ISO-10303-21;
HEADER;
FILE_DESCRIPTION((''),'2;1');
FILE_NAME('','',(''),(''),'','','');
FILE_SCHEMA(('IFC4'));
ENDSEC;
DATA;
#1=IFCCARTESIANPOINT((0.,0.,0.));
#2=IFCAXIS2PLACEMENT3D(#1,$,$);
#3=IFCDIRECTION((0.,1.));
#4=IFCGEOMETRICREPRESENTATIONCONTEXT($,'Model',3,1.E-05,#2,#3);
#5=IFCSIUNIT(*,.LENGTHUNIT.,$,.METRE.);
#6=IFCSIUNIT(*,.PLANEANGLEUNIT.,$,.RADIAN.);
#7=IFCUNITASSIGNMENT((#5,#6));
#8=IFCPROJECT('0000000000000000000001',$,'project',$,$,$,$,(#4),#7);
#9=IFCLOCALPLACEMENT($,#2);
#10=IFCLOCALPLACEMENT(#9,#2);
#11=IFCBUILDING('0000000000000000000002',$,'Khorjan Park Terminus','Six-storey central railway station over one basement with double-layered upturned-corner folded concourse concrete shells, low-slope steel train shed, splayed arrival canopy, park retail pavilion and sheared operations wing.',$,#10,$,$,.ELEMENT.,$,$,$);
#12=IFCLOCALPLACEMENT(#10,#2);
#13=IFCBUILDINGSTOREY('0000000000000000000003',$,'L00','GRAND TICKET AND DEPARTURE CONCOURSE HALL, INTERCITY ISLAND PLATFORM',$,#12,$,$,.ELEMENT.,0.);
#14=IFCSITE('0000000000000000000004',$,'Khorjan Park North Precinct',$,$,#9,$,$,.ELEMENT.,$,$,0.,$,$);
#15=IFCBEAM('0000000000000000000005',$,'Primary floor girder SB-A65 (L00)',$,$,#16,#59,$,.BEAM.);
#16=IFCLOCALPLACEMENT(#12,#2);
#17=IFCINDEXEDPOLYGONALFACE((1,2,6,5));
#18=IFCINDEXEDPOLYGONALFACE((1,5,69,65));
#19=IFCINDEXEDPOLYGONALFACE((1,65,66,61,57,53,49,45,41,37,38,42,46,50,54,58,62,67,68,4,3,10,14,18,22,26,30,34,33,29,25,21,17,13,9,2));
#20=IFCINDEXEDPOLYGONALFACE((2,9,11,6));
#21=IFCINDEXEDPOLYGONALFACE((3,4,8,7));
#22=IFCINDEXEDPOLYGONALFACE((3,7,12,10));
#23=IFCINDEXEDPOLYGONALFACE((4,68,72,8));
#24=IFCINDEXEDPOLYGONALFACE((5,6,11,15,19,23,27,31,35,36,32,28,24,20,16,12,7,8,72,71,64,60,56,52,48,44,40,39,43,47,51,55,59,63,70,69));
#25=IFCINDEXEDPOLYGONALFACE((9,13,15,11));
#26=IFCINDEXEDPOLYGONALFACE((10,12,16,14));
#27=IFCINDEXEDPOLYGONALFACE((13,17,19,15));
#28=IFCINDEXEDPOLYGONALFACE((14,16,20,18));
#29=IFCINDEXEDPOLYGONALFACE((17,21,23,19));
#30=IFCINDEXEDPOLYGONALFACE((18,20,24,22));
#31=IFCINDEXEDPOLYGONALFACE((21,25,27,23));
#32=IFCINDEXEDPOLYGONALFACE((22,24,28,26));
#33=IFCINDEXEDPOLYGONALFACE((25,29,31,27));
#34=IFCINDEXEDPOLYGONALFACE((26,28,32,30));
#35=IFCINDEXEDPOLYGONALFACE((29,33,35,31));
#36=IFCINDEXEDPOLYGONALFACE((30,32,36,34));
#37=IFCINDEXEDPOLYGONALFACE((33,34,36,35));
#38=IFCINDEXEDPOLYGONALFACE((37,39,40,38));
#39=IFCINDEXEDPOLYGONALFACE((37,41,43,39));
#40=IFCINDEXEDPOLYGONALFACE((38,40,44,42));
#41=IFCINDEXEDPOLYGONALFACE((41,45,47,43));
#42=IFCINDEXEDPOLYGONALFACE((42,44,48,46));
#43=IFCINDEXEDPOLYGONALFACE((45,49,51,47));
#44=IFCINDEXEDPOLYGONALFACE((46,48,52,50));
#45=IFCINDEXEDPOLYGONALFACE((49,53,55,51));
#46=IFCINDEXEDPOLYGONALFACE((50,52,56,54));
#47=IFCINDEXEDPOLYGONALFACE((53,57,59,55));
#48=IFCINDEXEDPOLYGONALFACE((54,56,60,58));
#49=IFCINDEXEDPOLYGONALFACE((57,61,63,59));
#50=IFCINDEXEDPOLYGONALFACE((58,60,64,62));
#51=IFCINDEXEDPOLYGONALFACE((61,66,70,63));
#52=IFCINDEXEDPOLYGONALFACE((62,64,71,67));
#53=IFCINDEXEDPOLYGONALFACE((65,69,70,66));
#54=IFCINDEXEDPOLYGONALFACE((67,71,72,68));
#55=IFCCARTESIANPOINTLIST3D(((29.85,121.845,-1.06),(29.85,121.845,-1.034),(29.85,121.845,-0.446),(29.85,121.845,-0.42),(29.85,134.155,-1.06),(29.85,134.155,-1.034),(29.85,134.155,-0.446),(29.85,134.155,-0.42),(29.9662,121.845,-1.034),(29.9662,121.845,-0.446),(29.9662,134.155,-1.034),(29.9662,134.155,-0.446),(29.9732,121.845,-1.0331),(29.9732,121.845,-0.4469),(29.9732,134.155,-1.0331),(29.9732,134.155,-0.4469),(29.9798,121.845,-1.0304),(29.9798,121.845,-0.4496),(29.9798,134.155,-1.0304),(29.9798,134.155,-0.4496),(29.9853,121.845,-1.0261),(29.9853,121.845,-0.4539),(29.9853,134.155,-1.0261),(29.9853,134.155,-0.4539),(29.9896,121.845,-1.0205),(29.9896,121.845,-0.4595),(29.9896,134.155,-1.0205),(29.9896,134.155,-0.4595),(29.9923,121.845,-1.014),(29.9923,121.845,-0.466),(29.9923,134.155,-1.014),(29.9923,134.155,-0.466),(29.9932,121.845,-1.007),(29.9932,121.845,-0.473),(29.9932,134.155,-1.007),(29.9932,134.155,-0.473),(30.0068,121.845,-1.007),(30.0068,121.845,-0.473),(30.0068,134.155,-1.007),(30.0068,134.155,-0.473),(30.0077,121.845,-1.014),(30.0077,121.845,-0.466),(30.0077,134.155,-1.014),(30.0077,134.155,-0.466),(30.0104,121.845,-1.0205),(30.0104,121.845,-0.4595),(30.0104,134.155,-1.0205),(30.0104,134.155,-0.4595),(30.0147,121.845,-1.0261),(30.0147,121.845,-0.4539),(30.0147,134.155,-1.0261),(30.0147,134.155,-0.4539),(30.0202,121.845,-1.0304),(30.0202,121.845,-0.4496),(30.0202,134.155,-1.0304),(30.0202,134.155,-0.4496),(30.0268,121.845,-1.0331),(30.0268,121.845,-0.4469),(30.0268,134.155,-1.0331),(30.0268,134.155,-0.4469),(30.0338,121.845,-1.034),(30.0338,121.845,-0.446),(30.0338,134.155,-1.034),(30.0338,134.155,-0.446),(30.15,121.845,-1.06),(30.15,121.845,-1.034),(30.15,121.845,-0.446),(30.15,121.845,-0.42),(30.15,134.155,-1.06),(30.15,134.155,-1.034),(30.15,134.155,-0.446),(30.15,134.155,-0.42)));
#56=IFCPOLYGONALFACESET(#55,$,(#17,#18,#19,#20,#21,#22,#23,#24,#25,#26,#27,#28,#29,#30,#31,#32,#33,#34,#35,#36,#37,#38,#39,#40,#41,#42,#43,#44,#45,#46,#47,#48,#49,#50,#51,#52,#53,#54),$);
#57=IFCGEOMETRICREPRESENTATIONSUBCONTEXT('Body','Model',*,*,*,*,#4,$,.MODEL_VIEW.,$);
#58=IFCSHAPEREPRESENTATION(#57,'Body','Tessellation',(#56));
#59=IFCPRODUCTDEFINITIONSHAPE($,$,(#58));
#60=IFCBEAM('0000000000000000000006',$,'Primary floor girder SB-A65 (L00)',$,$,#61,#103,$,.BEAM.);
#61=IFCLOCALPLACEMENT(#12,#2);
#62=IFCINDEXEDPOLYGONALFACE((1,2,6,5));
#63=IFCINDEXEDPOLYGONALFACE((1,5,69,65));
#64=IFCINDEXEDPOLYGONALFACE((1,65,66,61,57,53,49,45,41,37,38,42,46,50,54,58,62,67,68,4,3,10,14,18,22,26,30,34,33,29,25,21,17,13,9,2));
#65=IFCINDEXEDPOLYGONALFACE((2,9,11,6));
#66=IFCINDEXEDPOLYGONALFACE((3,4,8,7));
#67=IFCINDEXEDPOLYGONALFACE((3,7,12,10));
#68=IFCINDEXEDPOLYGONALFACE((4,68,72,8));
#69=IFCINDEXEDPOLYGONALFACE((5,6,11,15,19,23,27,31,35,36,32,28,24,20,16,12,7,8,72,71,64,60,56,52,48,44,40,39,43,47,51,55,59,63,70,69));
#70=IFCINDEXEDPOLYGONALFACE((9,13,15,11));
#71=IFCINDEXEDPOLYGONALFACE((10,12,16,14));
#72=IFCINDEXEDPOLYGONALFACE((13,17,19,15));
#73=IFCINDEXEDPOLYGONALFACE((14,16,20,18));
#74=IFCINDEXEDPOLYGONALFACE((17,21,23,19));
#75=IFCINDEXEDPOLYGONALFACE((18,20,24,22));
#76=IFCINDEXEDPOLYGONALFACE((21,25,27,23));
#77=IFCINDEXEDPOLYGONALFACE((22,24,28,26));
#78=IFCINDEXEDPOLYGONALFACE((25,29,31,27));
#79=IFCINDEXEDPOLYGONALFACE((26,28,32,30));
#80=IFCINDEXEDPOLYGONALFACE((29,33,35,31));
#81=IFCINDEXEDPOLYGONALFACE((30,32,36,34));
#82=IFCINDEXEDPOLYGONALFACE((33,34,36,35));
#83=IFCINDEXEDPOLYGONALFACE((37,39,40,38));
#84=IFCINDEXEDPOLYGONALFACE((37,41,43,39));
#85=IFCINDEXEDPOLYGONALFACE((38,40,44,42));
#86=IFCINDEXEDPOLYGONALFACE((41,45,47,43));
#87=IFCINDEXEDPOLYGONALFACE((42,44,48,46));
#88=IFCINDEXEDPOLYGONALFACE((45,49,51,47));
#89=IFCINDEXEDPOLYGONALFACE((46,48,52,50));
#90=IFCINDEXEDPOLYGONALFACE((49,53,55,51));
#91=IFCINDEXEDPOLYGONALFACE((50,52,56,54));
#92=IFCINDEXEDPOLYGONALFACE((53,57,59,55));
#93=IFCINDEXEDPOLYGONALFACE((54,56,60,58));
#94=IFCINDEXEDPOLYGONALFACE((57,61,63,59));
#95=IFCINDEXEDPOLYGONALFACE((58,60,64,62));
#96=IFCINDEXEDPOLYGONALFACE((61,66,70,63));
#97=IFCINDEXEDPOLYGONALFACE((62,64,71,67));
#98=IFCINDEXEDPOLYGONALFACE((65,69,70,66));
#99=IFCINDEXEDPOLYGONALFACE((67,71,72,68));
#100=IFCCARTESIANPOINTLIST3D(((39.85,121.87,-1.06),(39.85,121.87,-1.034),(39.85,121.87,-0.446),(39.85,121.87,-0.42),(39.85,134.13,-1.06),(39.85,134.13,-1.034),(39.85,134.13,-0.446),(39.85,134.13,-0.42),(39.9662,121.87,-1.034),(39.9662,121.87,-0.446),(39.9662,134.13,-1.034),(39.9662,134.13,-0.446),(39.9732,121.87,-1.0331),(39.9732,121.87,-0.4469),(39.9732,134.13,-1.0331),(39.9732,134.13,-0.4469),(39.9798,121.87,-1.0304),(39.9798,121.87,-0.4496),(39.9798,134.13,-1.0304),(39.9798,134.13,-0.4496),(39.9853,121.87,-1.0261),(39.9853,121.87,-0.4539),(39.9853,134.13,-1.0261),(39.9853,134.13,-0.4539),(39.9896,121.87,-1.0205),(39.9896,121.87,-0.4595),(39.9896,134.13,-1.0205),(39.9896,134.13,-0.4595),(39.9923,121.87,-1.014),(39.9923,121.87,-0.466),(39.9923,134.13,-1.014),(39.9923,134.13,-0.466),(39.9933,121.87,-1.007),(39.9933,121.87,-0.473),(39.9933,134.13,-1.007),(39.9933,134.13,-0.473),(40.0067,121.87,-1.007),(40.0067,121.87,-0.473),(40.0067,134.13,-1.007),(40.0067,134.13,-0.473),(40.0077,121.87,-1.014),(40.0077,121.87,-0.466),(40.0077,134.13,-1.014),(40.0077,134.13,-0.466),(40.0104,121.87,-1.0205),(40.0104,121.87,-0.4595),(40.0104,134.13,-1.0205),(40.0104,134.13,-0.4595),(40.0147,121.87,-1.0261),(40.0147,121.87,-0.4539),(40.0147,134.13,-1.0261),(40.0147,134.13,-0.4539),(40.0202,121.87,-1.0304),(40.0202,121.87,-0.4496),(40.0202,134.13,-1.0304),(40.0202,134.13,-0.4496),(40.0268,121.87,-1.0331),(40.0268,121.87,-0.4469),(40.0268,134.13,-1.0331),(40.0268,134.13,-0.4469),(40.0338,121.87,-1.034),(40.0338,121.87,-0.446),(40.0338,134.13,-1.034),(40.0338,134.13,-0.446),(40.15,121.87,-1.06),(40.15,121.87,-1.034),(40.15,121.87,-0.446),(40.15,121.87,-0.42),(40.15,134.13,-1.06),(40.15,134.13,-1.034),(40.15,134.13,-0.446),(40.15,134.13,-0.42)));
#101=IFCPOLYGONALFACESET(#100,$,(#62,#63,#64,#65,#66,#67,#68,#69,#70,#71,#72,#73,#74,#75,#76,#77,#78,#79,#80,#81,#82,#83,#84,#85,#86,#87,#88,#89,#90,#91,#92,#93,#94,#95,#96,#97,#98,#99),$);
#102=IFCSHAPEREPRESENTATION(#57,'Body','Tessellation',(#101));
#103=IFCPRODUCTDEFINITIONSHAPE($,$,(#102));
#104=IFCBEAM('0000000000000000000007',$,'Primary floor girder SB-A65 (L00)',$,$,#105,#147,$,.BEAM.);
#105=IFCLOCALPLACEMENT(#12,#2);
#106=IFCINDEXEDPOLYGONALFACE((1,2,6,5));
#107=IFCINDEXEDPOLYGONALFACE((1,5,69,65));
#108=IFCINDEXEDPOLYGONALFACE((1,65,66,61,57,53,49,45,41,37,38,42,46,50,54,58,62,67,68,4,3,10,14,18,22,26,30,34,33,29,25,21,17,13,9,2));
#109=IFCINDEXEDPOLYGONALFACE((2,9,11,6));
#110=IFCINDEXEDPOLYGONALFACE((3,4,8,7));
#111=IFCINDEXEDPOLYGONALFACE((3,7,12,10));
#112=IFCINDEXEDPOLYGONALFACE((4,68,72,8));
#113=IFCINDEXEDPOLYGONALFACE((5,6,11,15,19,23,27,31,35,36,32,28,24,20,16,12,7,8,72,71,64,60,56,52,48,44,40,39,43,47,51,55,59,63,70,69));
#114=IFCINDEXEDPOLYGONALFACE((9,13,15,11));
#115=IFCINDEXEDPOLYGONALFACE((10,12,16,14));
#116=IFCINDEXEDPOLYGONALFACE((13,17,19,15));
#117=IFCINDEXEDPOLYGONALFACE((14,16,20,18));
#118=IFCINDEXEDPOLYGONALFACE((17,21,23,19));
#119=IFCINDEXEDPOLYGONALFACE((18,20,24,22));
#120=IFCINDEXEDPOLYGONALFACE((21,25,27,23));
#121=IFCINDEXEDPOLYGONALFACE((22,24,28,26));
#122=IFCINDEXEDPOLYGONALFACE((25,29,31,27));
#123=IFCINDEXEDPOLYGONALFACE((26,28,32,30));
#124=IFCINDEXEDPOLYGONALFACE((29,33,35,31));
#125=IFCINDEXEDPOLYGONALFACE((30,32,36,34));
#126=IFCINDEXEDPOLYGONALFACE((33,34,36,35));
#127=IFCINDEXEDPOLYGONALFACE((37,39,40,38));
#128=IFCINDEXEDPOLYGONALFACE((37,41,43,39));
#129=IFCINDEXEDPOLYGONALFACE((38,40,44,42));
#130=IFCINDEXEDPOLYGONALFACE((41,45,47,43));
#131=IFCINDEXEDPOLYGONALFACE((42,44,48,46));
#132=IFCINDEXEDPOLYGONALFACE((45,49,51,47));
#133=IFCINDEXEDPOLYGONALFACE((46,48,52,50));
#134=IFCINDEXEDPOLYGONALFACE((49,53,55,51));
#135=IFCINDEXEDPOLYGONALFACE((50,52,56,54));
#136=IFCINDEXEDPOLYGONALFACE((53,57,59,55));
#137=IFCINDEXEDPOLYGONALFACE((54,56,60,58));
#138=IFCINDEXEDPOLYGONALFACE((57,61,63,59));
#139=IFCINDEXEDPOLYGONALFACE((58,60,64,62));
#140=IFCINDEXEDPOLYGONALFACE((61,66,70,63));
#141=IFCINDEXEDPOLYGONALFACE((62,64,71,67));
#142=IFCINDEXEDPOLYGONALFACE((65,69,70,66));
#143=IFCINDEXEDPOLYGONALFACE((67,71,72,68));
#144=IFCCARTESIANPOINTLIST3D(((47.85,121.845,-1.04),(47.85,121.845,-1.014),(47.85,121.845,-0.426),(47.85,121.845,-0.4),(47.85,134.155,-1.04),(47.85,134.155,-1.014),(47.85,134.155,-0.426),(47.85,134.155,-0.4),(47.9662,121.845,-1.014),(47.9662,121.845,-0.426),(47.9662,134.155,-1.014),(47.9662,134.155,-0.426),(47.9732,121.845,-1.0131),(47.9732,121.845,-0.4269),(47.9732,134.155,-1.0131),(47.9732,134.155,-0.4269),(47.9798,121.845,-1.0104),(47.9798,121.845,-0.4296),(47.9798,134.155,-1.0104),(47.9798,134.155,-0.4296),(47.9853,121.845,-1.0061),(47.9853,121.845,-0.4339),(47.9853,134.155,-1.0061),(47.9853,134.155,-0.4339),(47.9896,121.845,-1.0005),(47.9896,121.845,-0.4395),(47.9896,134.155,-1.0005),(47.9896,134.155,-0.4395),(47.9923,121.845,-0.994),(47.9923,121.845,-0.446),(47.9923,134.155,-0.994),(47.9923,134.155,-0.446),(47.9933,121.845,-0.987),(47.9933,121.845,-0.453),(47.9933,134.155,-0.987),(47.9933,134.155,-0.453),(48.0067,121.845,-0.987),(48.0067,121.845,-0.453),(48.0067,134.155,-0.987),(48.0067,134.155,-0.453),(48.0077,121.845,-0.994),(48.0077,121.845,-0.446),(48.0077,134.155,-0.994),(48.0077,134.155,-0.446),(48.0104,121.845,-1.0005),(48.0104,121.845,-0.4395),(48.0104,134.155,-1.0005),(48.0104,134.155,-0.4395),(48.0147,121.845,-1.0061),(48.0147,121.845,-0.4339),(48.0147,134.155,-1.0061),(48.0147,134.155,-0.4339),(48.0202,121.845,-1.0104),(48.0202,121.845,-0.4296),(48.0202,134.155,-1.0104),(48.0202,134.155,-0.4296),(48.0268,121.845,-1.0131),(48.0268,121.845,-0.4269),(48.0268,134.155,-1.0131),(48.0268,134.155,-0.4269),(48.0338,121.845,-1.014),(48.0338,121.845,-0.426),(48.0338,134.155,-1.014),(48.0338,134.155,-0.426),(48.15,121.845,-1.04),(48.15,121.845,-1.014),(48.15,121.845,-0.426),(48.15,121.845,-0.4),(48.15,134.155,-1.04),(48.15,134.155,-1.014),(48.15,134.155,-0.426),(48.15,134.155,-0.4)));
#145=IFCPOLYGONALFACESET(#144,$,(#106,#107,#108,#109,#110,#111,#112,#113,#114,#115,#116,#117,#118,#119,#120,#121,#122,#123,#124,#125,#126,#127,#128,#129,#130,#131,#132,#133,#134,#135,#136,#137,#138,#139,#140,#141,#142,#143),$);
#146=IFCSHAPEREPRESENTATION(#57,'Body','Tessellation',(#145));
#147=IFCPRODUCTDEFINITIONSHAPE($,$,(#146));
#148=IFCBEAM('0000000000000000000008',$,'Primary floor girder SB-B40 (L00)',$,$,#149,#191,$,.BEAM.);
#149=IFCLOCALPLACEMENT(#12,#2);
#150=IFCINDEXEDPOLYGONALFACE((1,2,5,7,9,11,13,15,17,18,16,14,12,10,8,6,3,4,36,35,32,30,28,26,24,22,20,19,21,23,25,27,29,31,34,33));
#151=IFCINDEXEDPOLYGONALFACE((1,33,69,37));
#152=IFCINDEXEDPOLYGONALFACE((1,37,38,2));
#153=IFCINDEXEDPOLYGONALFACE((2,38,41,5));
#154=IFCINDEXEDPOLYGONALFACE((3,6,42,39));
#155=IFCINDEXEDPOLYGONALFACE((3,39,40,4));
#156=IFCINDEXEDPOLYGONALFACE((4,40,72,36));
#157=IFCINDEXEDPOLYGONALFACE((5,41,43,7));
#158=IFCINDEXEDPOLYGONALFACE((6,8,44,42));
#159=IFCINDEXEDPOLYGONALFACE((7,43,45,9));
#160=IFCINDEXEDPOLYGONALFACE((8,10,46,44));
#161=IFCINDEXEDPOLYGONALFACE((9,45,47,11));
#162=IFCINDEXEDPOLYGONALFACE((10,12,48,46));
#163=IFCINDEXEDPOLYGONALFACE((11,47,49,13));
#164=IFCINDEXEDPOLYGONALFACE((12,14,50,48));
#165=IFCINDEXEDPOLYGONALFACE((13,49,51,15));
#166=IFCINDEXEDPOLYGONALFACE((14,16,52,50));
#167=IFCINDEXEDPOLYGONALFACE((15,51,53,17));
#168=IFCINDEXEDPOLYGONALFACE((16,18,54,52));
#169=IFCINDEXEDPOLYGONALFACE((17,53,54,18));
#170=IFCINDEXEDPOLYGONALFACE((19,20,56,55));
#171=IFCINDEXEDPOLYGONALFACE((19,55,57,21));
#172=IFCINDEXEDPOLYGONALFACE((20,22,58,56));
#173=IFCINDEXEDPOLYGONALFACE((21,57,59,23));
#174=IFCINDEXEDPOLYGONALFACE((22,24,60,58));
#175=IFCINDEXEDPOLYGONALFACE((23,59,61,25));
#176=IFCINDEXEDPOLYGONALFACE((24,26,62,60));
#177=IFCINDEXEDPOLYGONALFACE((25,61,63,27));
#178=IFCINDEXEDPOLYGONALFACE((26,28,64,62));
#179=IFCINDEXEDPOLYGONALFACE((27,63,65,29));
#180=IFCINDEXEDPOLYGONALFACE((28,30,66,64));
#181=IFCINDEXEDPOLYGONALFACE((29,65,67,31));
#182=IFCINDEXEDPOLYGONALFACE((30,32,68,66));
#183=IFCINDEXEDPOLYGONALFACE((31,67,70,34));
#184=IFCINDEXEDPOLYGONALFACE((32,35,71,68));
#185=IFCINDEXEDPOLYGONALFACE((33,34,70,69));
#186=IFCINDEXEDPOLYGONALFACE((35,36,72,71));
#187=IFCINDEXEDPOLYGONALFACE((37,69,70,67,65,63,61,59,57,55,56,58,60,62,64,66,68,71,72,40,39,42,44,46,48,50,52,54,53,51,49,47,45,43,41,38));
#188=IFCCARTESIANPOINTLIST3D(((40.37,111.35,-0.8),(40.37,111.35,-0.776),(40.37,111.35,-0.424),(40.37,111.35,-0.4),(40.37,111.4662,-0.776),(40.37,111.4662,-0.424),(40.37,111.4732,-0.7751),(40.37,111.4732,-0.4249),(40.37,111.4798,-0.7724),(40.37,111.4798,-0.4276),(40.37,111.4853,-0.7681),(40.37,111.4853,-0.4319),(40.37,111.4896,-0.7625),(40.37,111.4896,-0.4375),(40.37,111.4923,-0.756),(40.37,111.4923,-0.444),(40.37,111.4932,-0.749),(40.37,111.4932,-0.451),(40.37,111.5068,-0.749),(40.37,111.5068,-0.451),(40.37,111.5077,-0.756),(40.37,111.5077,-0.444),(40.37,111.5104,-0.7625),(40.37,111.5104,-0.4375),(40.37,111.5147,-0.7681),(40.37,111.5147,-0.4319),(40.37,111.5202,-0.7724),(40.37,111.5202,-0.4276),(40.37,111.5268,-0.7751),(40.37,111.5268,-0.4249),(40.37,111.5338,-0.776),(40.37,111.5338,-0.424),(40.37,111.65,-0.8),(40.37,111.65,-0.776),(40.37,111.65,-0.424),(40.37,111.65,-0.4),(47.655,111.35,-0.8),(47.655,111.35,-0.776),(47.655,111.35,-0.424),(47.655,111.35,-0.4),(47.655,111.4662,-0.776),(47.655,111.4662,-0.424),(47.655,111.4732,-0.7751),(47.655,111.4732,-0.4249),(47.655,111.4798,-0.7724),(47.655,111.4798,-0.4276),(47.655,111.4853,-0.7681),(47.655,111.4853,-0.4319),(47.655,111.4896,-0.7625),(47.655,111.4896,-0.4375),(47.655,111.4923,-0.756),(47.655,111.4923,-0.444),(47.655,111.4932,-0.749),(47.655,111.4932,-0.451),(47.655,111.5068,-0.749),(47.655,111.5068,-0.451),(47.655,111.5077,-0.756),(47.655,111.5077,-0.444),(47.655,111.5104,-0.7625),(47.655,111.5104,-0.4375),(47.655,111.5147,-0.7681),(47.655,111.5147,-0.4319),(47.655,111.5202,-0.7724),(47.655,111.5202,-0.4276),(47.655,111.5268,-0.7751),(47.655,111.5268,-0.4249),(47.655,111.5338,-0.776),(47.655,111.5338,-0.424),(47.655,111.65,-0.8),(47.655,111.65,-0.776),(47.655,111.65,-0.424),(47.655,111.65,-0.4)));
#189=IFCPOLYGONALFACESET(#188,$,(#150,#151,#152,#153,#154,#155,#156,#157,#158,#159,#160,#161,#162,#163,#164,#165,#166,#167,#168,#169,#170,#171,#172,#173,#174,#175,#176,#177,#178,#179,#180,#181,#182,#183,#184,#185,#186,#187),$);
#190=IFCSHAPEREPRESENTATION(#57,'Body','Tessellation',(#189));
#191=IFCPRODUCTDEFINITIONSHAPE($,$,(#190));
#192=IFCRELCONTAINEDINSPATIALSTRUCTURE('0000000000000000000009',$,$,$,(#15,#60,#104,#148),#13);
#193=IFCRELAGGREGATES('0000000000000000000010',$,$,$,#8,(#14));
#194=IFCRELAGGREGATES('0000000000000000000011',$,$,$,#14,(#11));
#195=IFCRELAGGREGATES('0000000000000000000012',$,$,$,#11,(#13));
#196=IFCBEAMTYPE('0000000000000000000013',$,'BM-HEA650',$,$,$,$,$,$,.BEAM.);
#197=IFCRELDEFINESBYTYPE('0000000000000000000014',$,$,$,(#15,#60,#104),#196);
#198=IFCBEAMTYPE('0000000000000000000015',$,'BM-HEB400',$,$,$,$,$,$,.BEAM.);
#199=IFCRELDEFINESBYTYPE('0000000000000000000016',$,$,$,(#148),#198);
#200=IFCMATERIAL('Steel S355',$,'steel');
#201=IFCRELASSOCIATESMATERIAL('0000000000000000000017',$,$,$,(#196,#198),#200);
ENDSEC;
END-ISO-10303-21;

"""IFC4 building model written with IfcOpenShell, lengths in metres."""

from ifc_helpers import new_model, si_unit, direction, frame, origin, origin_2d, place, context, subcontext, project, spatial, i_section, extrude, material, material_profile, profile_set, type_object, element, save


model = new_model("IFC4")

# Units and contexts
model_context = context("Model", 3, precision=1e-05, world=origin(), true_north=direction((0.0, 1.0)))
body_context = subcontext(model_context, "Body", "Model", "MODEL_VIEW")
ifc_project = project(units=[si_unit("LENGTHUNIT", "METRE"), si_unit("PLANEANGLEUNIT", "RADIAN")], contexts=[model_context])

# Site, building, storey
site_placement = place(None, origin())
site = spatial("IfcSite", under=ifc_project, at=site_placement, Name="Khorjan Park North Precinct", CompositionType="ELEMENT", RefElevation=0.0)
building_placement = place(site_placement, origin())
building = spatial("IfcBuilding", under=site, at=building_placement, Name="Khorjan Park Terminus", Description="Six-storey central railway station over one basement with double-layered upturned-corner folded concourse concrete shells, low-slope steel train shed, splayed arrival canopy, park retail pavilion and sheared operations wing.", CompositionType="ELEMENT")
storey_placement = place(building_placement, origin())
storey = spatial("IfcBuildingStorey", under=building, at=storey_placement, Name="L00", Description="GRAND TICKET AND DEPARTURE CONCOURSE HALL, INTERCITY ISLAND PLATFORM", CompositionType="ELEMENT", Elevation=0.0)

# Shared definitions
ifc_material = material(Name="Steel S355", Category="steel")

# Beams
ifc_material_profile_1 = material_profile(ifc_material, i_section(OverallWidth=0.3, OverallDepth=0.64, WebThickness=0.0135, FlangeThickness=0.026, FilletRadius=0.027, at=origin_2d()), Name="HEA 650")
ifc_profile_set_1 = profile_set([ifc_material_profile_1], Name="Steel S355")
beam_type_1 = type_object("IfcBeamType", Name="BM-HEA650", PredefinedType="BEAM", material=ifc_profile_set_1)
beam_1_placement = place(storey_placement, frame((30.0, 121.845, -0.74), z_axis=(0.0, 1.0, 0.0), x_axis=(-1.0, 0.0, 0.0)))
element("IfcBeam", 1, at=beam_1_placement, inside=storey, type_object=beam_type_1, Name="Primary floor girder SB-A65 (L00)", PredefinedType="BEAM", context=body_context, shape_type="SweptSolid", body=[
    extrude(i_section(OverallWidth=0.3, OverallDepth=0.64, WebThickness=0.0135, FlangeThickness=0.026, FilletRadius=0.027, at=origin_2d()), origin(), (0.0, 0.0, 1.0), 12.31),
])
beam_2_placement = place(storey_placement, frame((40.0, 121.87, -0.74), z_axis=(0.0, 1.0, 0.0), x_axis=(-1.0, 0.0, 0.0)))
element("IfcBeam", 2, at=beam_2_placement, inside=storey, type_object=beam_type_1, Name="Primary floor girder SB-A65 (L00)", PredefinedType="BEAM", context=body_context, shape_type="SweptSolid", body=[
    extrude(i_section(OverallWidth=0.3, OverallDepth=0.64, WebThickness=0.0135, FlangeThickness=0.026, FilletRadius=0.027, at=origin_2d()), origin(), (0.0, 0.0, 1.0), 12.26),
])
beam_3_placement = place(storey_placement, frame((48.0, 121.845, -0.72), z_axis=(0.0, 1.0, 0.0), x_axis=(-1.0, 0.0, 0.0)))
element("IfcBeam", 3, at=beam_3_placement, inside=storey, type_object=beam_type_1, Name="Primary floor girder SB-A65 (L00)", PredefinedType="BEAM", context=body_context, shape_type="SweptSolid", body=[
    extrude(i_section(OverallWidth=0.3, OverallDepth=0.64, WebThickness=0.0135, FlangeThickness=0.026, FilletRadius=0.027, at=origin_2d()), origin(), (0.0, 0.0, 1.0), 12.31),
])
ifc_material_profile_2 = material_profile(ifc_material, i_section(OverallWidth=0.3, OverallDepth=0.4, WebThickness=0.0135, FlangeThickness=0.024, FilletRadius=0.027, at=origin_2d()), Name="HEB 400")
ifc_profile_set_2 = profile_set([ifc_material_profile_2], Name="Steel S355")
beam_type_2 = type_object("IfcBeamType", Name="BM-HEB400", PredefinedType="BEAM", material=ifc_profile_set_2)
beam_4_placement = place(storey_placement, frame((40.37, 111.5, -0.6), z_axis=(1.0, 0.0, 0.0), x_axis=(0.0, 1.0, 0.0)))
element("IfcBeam", 4, at=beam_4_placement, inside=storey, type_object=beam_type_2, Name="Primary floor girder SB-B40 (L00)", PredefinedType="BEAM", context=body_context, shape_type="SweptSolid", body=[
    extrude(i_section(OverallWidth=0.3, OverallDepth=0.4, WebThickness=0.0135, FlangeThickness=0.024, FilletRadius=0.027, at=origin_2d()), origin(), (0.0, 0.0, 1.0), 7.285),
])

save(model, "model.ifc")
